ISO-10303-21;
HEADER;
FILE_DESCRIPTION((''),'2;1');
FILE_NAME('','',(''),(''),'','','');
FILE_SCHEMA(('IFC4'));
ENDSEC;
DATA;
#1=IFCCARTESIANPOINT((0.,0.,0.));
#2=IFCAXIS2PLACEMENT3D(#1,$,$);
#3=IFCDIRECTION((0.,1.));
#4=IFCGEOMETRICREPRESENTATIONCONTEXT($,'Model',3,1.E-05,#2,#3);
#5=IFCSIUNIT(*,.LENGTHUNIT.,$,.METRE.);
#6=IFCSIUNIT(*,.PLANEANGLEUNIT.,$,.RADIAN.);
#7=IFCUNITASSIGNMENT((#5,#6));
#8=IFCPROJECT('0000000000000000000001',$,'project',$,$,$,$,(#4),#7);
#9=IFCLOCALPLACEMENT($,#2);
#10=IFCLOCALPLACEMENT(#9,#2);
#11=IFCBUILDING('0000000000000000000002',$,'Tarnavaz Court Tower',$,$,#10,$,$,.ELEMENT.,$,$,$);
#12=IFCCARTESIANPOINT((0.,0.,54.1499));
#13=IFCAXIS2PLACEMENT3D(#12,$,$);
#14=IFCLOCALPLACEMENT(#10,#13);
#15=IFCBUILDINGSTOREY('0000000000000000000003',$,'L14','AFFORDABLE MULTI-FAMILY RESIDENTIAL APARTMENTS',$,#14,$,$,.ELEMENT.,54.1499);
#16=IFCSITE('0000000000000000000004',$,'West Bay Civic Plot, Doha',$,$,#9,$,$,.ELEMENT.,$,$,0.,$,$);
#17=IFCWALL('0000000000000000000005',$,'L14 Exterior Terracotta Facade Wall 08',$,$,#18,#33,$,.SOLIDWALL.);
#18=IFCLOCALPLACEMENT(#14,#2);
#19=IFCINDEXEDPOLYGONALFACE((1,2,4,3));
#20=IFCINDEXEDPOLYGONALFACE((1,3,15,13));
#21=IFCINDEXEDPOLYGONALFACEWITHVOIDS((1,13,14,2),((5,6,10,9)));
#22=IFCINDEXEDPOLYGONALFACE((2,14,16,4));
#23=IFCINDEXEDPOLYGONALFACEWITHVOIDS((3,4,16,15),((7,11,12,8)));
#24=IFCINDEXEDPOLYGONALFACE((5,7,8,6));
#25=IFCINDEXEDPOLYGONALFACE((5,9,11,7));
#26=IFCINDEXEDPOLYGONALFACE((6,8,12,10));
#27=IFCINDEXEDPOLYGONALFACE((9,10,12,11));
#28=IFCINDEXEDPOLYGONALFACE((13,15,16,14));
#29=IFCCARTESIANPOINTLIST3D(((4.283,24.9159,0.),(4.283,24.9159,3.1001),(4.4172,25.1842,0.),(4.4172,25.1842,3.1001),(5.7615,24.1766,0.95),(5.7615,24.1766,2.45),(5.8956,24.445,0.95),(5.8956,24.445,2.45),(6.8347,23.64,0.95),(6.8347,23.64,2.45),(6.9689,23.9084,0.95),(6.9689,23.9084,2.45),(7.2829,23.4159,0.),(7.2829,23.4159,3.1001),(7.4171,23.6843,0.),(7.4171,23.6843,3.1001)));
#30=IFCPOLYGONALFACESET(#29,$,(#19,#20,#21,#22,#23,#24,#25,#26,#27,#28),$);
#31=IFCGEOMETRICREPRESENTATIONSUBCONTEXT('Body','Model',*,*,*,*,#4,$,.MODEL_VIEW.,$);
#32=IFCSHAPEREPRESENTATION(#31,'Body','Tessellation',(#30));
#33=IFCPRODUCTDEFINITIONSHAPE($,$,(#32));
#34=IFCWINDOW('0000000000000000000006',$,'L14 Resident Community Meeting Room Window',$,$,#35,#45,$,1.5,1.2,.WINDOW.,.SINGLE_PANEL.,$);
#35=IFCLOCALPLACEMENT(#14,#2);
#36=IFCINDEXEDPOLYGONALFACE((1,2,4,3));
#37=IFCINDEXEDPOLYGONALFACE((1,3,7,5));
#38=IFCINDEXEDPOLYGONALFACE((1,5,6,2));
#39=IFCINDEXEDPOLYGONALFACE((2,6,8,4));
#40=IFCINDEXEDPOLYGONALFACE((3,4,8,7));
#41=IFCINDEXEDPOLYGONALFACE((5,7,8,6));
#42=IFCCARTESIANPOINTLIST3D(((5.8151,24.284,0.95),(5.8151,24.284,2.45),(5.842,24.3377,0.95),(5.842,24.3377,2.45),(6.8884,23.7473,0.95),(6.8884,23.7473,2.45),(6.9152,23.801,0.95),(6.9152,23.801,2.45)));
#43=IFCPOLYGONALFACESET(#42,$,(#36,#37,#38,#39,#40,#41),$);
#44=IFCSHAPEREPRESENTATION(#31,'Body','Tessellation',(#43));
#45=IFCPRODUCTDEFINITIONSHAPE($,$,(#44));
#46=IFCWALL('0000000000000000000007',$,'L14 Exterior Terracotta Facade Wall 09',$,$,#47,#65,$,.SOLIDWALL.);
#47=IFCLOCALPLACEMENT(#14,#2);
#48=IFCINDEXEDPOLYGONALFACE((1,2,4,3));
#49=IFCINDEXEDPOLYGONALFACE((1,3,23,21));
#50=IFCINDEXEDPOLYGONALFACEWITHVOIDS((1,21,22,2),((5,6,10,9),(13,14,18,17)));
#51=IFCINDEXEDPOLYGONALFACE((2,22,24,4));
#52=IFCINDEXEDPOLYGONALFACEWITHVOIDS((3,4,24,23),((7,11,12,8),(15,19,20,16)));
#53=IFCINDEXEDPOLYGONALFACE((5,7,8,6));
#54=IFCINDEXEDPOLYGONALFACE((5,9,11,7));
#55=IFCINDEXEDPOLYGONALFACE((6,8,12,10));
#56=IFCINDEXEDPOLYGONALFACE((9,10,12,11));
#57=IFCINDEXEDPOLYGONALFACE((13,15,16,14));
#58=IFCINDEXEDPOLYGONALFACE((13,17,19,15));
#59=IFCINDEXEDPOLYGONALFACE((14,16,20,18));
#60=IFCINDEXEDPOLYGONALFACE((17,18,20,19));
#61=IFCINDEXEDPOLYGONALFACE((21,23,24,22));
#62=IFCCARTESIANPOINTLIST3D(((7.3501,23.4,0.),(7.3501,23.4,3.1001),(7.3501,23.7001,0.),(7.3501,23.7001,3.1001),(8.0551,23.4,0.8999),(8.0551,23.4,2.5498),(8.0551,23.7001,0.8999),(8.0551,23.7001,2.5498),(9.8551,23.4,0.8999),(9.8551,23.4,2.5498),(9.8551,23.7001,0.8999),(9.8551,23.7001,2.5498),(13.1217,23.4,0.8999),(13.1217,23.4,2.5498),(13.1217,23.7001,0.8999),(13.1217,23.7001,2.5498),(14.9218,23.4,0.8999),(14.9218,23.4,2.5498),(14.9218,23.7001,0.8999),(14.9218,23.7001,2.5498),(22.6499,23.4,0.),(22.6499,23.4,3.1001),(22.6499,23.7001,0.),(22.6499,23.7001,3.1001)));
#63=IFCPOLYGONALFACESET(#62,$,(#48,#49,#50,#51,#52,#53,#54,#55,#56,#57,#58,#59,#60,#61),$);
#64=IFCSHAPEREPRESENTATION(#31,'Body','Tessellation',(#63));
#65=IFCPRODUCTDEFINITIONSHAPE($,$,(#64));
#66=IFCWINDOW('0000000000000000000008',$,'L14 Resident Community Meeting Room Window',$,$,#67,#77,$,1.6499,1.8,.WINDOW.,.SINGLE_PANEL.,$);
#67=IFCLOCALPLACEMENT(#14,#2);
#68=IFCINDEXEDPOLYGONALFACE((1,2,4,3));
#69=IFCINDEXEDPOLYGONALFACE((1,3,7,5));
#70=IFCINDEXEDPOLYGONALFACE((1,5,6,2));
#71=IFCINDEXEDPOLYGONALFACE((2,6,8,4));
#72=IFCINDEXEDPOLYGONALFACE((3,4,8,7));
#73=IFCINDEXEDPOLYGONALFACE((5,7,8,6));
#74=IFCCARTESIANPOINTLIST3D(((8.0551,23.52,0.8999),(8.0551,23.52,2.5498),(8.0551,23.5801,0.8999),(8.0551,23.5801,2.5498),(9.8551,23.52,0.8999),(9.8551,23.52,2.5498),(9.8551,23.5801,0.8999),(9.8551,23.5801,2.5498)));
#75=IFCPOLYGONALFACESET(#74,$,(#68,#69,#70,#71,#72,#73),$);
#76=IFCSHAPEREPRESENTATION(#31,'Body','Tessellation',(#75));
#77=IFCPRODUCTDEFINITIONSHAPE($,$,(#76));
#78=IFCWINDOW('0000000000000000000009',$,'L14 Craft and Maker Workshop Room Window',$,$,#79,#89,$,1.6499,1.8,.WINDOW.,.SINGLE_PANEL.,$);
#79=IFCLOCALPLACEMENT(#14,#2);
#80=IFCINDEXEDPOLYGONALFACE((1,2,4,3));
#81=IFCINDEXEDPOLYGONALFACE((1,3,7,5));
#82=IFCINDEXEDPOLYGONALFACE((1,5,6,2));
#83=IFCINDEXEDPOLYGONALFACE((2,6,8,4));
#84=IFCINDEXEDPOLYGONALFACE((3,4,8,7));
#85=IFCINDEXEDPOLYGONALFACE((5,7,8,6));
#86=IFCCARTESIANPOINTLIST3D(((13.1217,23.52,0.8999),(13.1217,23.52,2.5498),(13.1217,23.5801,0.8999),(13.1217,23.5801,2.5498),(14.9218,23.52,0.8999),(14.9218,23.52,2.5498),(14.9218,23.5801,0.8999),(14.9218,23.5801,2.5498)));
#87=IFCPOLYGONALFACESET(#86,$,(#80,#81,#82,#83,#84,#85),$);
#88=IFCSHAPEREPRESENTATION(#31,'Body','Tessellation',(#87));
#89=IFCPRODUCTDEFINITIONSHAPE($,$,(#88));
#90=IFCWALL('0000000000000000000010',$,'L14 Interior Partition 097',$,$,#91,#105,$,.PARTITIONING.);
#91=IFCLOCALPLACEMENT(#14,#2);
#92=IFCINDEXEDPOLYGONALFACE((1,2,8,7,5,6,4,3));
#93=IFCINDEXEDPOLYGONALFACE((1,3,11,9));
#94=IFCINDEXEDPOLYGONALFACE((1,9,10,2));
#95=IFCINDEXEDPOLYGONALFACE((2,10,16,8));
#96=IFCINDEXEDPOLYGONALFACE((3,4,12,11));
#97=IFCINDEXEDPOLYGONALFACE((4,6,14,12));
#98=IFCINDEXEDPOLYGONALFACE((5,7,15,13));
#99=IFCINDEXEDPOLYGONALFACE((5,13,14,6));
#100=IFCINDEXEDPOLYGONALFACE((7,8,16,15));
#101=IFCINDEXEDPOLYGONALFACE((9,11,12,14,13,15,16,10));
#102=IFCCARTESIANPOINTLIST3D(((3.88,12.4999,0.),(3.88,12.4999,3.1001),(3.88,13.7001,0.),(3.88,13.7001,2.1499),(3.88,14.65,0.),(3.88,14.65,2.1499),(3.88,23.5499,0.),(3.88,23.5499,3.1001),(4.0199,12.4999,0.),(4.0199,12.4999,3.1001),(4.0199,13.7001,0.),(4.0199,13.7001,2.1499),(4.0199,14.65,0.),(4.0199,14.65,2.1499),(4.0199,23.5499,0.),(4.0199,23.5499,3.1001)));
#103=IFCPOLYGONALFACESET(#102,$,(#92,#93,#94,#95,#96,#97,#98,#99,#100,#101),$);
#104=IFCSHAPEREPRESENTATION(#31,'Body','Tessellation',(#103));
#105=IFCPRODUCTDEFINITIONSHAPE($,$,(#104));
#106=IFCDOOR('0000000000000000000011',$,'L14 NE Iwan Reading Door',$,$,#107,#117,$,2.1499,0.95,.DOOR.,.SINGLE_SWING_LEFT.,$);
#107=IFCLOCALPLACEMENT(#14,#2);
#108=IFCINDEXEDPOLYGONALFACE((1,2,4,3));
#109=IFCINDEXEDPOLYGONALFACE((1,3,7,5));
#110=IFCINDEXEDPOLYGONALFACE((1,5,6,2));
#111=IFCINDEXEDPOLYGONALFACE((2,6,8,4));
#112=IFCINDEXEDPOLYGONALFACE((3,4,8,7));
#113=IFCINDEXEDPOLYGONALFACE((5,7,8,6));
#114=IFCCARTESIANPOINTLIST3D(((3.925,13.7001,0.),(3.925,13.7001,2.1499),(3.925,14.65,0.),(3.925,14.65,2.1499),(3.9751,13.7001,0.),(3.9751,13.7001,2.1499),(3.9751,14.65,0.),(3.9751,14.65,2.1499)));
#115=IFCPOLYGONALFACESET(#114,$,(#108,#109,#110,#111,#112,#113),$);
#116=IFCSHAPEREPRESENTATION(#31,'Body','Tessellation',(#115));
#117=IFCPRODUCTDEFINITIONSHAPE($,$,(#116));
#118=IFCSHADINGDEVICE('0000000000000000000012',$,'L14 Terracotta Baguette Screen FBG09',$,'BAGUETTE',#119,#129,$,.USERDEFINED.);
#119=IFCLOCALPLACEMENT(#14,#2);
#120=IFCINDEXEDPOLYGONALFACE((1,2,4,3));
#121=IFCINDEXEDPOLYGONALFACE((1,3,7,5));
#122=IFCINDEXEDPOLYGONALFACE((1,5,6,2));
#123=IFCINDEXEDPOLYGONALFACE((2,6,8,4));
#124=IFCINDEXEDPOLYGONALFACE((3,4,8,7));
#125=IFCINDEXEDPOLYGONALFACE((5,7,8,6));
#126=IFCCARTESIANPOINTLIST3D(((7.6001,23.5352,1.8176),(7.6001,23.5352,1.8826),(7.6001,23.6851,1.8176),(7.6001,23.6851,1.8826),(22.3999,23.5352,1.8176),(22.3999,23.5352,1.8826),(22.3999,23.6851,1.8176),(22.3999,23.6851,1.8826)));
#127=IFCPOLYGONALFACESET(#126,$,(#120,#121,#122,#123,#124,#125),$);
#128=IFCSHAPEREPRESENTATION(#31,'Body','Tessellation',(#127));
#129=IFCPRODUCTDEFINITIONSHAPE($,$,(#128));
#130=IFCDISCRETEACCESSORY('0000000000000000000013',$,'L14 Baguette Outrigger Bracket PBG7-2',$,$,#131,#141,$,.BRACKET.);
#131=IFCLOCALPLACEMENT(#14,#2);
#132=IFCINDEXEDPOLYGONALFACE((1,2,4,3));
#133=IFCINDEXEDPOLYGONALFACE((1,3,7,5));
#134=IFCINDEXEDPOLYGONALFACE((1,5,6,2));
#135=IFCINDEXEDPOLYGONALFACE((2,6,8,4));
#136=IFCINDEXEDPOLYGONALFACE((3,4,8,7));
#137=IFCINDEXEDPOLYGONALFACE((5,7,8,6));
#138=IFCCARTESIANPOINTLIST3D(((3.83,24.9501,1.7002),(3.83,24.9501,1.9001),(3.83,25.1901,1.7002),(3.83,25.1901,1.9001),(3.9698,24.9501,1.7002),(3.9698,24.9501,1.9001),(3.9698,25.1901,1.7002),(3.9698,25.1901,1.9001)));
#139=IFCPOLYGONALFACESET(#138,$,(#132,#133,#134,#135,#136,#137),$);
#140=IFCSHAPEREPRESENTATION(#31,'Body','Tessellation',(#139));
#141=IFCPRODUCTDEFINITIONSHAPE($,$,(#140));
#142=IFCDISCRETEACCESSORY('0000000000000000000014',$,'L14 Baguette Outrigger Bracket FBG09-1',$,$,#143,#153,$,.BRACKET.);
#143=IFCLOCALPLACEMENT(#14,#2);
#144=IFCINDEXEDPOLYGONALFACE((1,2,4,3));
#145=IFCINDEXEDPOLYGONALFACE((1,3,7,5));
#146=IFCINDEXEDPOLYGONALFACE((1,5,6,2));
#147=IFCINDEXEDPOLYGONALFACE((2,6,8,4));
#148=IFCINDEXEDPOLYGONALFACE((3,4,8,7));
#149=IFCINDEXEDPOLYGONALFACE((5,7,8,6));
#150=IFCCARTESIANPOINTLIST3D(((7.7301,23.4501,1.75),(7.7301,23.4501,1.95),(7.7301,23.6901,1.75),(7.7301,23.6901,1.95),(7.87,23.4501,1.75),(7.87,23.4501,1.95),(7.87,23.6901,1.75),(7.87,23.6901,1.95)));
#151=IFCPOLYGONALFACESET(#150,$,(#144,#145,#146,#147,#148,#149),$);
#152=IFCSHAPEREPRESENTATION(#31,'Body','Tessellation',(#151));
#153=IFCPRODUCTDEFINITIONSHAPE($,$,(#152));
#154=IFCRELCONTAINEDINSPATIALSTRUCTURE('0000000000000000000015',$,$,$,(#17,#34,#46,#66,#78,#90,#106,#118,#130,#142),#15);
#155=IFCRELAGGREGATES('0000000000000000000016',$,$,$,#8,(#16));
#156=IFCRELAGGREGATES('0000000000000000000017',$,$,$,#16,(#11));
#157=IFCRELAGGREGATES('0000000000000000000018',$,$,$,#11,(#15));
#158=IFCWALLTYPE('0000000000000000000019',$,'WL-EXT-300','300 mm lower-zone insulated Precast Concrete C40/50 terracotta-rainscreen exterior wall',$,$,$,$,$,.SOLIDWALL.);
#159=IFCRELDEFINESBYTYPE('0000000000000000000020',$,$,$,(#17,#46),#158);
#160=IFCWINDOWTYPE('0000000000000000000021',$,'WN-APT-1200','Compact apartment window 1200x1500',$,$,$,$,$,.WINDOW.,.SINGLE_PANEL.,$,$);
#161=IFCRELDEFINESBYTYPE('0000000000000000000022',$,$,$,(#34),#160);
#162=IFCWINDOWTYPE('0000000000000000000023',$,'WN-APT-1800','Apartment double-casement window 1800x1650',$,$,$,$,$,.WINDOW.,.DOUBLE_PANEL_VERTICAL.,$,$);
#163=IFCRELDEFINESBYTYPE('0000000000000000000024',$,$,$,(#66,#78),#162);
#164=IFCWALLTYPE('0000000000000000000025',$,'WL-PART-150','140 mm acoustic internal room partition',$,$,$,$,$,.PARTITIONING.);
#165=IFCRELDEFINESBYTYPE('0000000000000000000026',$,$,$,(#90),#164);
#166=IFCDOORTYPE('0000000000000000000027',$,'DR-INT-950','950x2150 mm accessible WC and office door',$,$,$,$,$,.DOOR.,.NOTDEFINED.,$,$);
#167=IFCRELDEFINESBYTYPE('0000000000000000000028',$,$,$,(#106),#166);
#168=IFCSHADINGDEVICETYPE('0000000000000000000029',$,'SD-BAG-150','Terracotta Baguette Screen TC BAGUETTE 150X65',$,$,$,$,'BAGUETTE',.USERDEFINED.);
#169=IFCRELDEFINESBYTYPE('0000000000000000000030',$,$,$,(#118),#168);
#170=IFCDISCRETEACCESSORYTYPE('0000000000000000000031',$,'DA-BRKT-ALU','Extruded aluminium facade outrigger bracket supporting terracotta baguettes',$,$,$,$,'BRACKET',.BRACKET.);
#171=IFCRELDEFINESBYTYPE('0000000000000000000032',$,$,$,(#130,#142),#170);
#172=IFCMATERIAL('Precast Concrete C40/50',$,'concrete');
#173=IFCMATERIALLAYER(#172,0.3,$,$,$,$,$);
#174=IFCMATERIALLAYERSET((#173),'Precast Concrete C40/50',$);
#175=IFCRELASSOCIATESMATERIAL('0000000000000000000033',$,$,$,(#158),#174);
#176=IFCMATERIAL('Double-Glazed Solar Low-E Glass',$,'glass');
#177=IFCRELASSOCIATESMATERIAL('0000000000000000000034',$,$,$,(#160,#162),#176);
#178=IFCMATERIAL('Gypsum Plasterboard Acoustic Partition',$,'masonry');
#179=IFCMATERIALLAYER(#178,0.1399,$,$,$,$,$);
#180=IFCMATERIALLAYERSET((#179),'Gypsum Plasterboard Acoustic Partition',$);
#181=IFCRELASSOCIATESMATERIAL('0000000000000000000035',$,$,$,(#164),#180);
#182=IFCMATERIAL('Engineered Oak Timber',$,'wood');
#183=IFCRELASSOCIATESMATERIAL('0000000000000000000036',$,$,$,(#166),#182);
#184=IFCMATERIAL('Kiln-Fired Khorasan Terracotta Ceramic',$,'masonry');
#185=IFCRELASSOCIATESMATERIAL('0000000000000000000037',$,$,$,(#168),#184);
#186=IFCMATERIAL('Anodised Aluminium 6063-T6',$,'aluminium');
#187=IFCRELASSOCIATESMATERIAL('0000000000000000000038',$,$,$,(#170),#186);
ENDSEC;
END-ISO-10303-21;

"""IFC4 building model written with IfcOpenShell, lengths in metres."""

from ifc_helpers import new_model, si_unit, direction, frame, frame_2d, origin, origin_2d, place, context, subcontext, project, spatial, rectangle, extrude, material, layer, layer_set, material_profile, profile_set, type_object, element, fill, save


model = new_model("IFC4")

# Units and contexts
model_context = context("Model", 3, precision=1e-05, world=origin(), true_north=direction((0.0, 1.0)))
body_context = subcontext(model_context, "Body", "Model", "MODEL_VIEW")
ifc_project = project(units=[si_unit("LENGTHUNIT", "METRE"), si_unit("PLANEANGLEUNIT", "RADIAN")], contexts=[model_context])

# Site, building, storey
site_placement = place(None, origin())
site = spatial("IfcSite", under=ifc_project, at=site_placement, Name="West Bay Civic Plot, Doha", CompositionType="ELEMENT", RefElevation=0.0)
building_placement = place(site_placement, origin())
building = spatial("IfcBuilding", under=site, at=building_placement, Name="Tarnavaz Court Tower", CompositionType="ELEMENT")
storey_placement = place(building_placement, frame((0.0, 0.0, 54.1499)))
storey = spatial("IfcBuildingStorey", under=building, at=storey_placement, Name="L14", Description="AFFORDABLE MULTI-FAMILY RESIDENTIAL APARTMENTS", CompositionType="ELEMENT", Elevation=54.1499)

# Shared definitions
ifc_material_1 = material(Name="Anodised Aluminium 6063-T6", Category="aluminium")
ifc_material_2 = material(Name="Double-Glazed Solar Low-E Glass", Category="glass")

# Wall, opening, window
ifc_material_3 = material(Name="Precast Concrete C40/50", Category="concrete")
ifc_layer_1 = layer(ifc_material_3, 0.3)
ifc_layer_set_1 = layer_set([ifc_layer_1], Name="Precast Concrete C40/50")
wall_type_1 = type_object("IfcWallType", Name="WL-EXT-300", Description="300 mm lower-zone insulated Precast Concrete C40/50 terracotta-rainscreen exterior wall", PredefinedType="SOLIDWALL", material=ifc_layer_set_1)
wall_1_placement = place(storey_placement, frame((4.3501, 25.05, 0.0), z_axis=(0.0, 0.0, 1.0), x_axis=(0.894427, -0.447214, 0.0)))
wall_1 = element("IfcWall", 1, at=wall_1_placement, inside=storey, type_object=wall_type_1, Name="L14 Exterior Terracotta Facade Wall 08", PredefinedType="SOLIDWALL", context=body_context, shape_type="SweptSolid", body=[
    extrude(rectangle(XDim=3.354, YDim=0.3, at=frame_2d((1.677, 0.0))), origin(), (0.0, 0.0, 1.0), 3.1001),
])
opening_1_placement = place(wall_1_placement, frame((1.6528, 0.0, 0.95)))
opening_1 = element("IfcOpeningElement", 2, at=opening_1_placement, cuts=wall_1, PredefinedType="OPENING", context=body_context, shape_type="SweptSolid", body=[
    extrude(rectangle(XDim=1.2, YDim=1.5, at=frame_2d((0.6001, 0.75))), frame((0.0, 0.1599, 0.0), z_axis=(0.0, -1.0, 0.0), x_axis=(1.0, 0.0, 0.0)), (0.0, 0.0, 1.0), 0.3201),
])
window_type_1 = type_object("IfcWindowType", Name="WN-APT-1200", Description="Compact apartment window 1200x1500", PartitioningType="SINGLE_PANEL", PredefinedType="WINDOW", material=ifc_material_2)
window_1_placement = place(opening_1_placement, origin())
window_1 = element("IfcWindow", 3, at=window_1_placement, inside=storey, type_object=window_type_1, Name="L14 Resident Community Meeting Room Window", OverallHeight=1.5, OverallWidth=1.2, PartitioningType="SINGLE_PANEL", PredefinedType="WINDOW", context=body_context, shape_type="SweptSolid", body=[
    extrude(rectangle(XDim=1.2, YDim=1.5, at=frame_2d((0.6001, 0.75))), frame((0.0, 0.03, 0.0), z_axis=(0.0, -1.0, 0.0), x_axis=(1.0, 0.0, 0.0)), (0.0, 0.0, 1.0), 0.0601),
])
fill(opening_1, window_1)

# Wall, openings, windows
wall_2_placement = place(storey_placement, frame((7.3501, 23.55, 0.0), z_axis=(0.0, 0.0, 1.0), x_axis=(1.0, 0.0, 0.0)))
wall_2 = element("IfcWall", 4, at=wall_2_placement, inside=storey, type_object=wall_type_1, Name="L14 Exterior Terracotta Facade Wall 09", PredefinedType="SOLIDWALL", context=body_context, shape_type="SweptSolid", body=[
    extrude(rectangle(XDim=15.2998, YDim=0.3, at=frame_2d((7.6499, 0.0))), origin(), (0.0, 0.0, 1.0), 3.1001),
])
opening_2_placement = place(wall_2_placement, frame((0.7051, 0.0, 0.8999)))
opening_2 = element("IfcOpeningElement", 5, at=opening_2_placement, cuts=wall_2, PredefinedType="OPENING", context=body_context, shape_type="SweptSolid", body=[
    extrude(rectangle(XDim=1.8, YDim=1.6499, at=frame_2d((0.8999, 0.825))), frame((0.0, 0.1599, 0.0), z_axis=(0.0, -1.0, 0.0), x_axis=(1.0, 0.0, 0.0)), (0.0, 0.0, 1.0), 0.3201),
])
opening_3_placement = place(wall_2_placement, frame((5.7717, 0.0, 0.8999)))
opening_3 = element("IfcOpeningElement", 6, at=opening_3_placement, cuts=wall_2, PredefinedType="OPENING", context=body_context, shape_type="SweptSolid", body=[
    extrude(rectangle(XDim=1.8, YDim=1.6499, at=frame_2d((0.8999, 0.825))), frame((0.0, 0.1599, 0.0), z_axis=(0.0, -1.0, 0.0), x_axis=(1.0, 0.0, 0.0)), (0.0, 0.0, 1.0), 0.3201),
])
window_type_2 = type_object("IfcWindowType", Name="WN-APT-1800", Description="Apartment double-casement window 1800x1650", PartitioningType="DOUBLE_PANEL_VERTICAL", PredefinedType="WINDOW", material=ifc_material_2)
window_2_placement = place(opening_2_placement, origin())
window_2 = element("IfcWindow", 7, at=window_2_placement, inside=storey, type_object=window_type_2, Name="L14 Resident Community Meeting Room Window", OverallHeight=1.6499, OverallWidth=1.8, PartitioningType="SINGLE_PANEL", PredefinedType="WINDOW", context=body_context, shape_type="SweptSolid", body=[
    extrude(rectangle(XDim=1.8, YDim=1.6499, at=frame_2d((0.8999, 0.825))), frame((0.0, 0.03, 0.0), z_axis=(0.0, -1.0, 0.0), x_axis=(1.0, 0.0, 0.0)), (0.0, 0.0, 1.0), 0.0601),
])
fill(opening_2, window_2)
window_3_placement = place(opening_3_placement, origin())
window_3 = element("IfcWindow", 8, at=window_3_placement, inside=storey, type_object=window_type_2, Name="L14 Craft and Maker Workshop Room Window", OverallHeight=1.6499, OverallWidth=1.8, PartitioningType="SINGLE_PANEL", PredefinedType="WINDOW", context=body_context, shape_type="SweptSolid", body=[
    extrude(rectangle(XDim=1.8, YDim=1.6499, at=frame_2d((0.8999, 0.825))), frame((0.0, 0.03, 0.0), z_axis=(0.0, -1.0, 0.0), x_axis=(1.0, 0.0, 0.0)), (0.0, 0.0, 1.0), 0.0601),
])
fill(opening_3, window_3)

# Wall, opening, door
ifc_material_4 = material(Name="Gypsum Plasterboard Acoustic Partition", Category="masonry")
ifc_layer_2 = layer(ifc_material_4, 0.1399)
ifc_layer_set_2 = layer_set([ifc_layer_2], Name="Gypsum Plasterboard Acoustic Partition")
wall_type_2 = type_object("IfcWallType", Name="WL-PART-150", Description="140 mm acoustic internal room partition", PredefinedType="PARTITIONING", material=ifc_layer_set_2)
wall_3_placement = place(storey_placement, frame((3.95, 12.5, 0.0), z_axis=(0.0, 0.0, 1.0), x_axis=(0.0, 1.0, 0.0)))
wall_3 = element("IfcWall", 9, at=wall_3_placement, inside=storey, type_object=wall_type_2, Name="L14 Interior Partition 097", PredefinedType="PARTITIONING", context=body_context, shape_type="SweptSolid", body=[
    extrude(rectangle(XDim=11.05, YDim=0.1399, at=frame_2d((5.5249, 0.0))), origin(), (0.0, 0.0, 1.0), 3.1001),
])
opening_4_placement = place(wall_3_placement, frame((1.2, 0.0, 0.0)))
opening_4 = element("IfcOpeningElement", 10, at=opening_4_placement, cuts=wall_3, PredefinedType="OPENING", context=body_context, shape_type="SweptSolid", body=[
    extrude(rectangle(XDim=0.95, YDim=2.1499, at=frame_2d((0.4751, 1.075))), frame((0.0, 0.0798, 0.0), z_axis=(0.0, -1.0, 0.0), x_axis=(1.0, 0.0, 0.0)), (0.0, 0.0, 1.0), 0.1599),
])
ifc_material_5 = material(Name="Engineered Oak Timber", Category="wood")
door_type = type_object("IfcDoorType", Name="DR-INT-950", Description="950x2150 mm accessible WC and office door", OperationType="NOTDEFINED", PredefinedType="DOOR", material=ifc_material_5)
door_placement = place(opening_4_placement, origin())
door = element("IfcDoor", 11, at=door_placement, inside=storey, type_object=door_type, Name="L14 NE Iwan Reading Door", OperationType="SINGLE_SWING_LEFT", OverallHeight=2.1499, OverallWidth=0.95, PredefinedType="DOOR", context=body_context, shape_type="SweptSolid", body=[
    extrude(rectangle(XDim=0.95, YDim=2.1499, at=frame_2d((0.4751, 1.075))), frame((0.0, 0.0249, 0.0), z_axis=(0.0, -1.0, 0.0), x_axis=(1.0, 0.0, 0.0)), (0.0, 0.0, 1.0), 0.05),
])
fill(opening_4, door)

# Shading device
ifc_material_6 = material(Name="Kiln-Fired Khorasan Terracotta Ceramic", Category="masonry")
ifc_material_profile_1 = material_profile(ifc_material_6, rectangle(XDim=0.1499, YDim=0.0649, at=origin_2d()), Name="TC BAGUETTE 150X65")
ifc_profile_set_1 = profile_set([ifc_material_profile_1], Name="Kiln-Fired Khorasan Terracotta Ceramic")
shading_device_type = type_object("IfcShadingDeviceType", Name="SD-BAG-150", Description="Terracotta Baguette Screen TC BAGUETTE 150X65", ElementType="BAGUETTE", PredefinedType="USERDEFINED", material=ifc_profile_set_1)
shading_device_placement = place(storey_placement, frame((7.6001, 23.6101, 1.8501), z_axis=(1.0, 0.0, 0.0), x_axis=(0.0, 1.0, 0.0)))
element("IfcShadingDevice", 12, at=shading_device_placement, inside=storey, type_object=shading_device_type, Name="L14 Terracotta Baguette Screen FBG09", ObjectType="BAGUETTE", PredefinedType="USERDEFINED", context=body_context, shape_type="SweptSolid", body=[
    extrude(rectangle(XDim=0.1499, YDim=0.0649, at=origin_2d()), origin(), (0.0, 0.0, 1.0), 14.7998),
])

# Discrete accessories
discrete_accessory_type = type_object("IfcDiscreteAccessoryType", Name="DA-BRKT-ALU", Description="Extruded aluminium facade outrigger bracket supporting terracotta baguettes", ElementType="BRACKET", PredefinedType="BRACKET", material=ifc_material_1)
for number, where, z_axis, x_axis, name in (
    (13, (3.8999, 25.0701, 1.7002), (0.0, 0.0, 1.0), (1.0, 0.0, 0.0), "L14 Baguette Outrigger Bracket PBG7-2"),
    (14, (7.8, 23.5701, 1.75), (0.0, 0.0, 1.0), (1.0, 0.0, 0.0), "L14 Baguette Outrigger Bracket FBG09-1"),
):
    element("IfcDiscreteAccessory", number, at=place(storey_placement, frame(where, z_axis=z_axis, x_axis=x_axis)), inside=storey, type_object=discrete_accessory_type, Name=name, PredefinedType="BRACKET", context=body_context, shape_type="SweptSolid", body=[
        extrude(rectangle(XDim=0.1399, YDim=0.24, at=origin_2d()), origin(), (0.0, 0.0, 1.0), 0.2),
    ])

save(model, "model.ifc")
